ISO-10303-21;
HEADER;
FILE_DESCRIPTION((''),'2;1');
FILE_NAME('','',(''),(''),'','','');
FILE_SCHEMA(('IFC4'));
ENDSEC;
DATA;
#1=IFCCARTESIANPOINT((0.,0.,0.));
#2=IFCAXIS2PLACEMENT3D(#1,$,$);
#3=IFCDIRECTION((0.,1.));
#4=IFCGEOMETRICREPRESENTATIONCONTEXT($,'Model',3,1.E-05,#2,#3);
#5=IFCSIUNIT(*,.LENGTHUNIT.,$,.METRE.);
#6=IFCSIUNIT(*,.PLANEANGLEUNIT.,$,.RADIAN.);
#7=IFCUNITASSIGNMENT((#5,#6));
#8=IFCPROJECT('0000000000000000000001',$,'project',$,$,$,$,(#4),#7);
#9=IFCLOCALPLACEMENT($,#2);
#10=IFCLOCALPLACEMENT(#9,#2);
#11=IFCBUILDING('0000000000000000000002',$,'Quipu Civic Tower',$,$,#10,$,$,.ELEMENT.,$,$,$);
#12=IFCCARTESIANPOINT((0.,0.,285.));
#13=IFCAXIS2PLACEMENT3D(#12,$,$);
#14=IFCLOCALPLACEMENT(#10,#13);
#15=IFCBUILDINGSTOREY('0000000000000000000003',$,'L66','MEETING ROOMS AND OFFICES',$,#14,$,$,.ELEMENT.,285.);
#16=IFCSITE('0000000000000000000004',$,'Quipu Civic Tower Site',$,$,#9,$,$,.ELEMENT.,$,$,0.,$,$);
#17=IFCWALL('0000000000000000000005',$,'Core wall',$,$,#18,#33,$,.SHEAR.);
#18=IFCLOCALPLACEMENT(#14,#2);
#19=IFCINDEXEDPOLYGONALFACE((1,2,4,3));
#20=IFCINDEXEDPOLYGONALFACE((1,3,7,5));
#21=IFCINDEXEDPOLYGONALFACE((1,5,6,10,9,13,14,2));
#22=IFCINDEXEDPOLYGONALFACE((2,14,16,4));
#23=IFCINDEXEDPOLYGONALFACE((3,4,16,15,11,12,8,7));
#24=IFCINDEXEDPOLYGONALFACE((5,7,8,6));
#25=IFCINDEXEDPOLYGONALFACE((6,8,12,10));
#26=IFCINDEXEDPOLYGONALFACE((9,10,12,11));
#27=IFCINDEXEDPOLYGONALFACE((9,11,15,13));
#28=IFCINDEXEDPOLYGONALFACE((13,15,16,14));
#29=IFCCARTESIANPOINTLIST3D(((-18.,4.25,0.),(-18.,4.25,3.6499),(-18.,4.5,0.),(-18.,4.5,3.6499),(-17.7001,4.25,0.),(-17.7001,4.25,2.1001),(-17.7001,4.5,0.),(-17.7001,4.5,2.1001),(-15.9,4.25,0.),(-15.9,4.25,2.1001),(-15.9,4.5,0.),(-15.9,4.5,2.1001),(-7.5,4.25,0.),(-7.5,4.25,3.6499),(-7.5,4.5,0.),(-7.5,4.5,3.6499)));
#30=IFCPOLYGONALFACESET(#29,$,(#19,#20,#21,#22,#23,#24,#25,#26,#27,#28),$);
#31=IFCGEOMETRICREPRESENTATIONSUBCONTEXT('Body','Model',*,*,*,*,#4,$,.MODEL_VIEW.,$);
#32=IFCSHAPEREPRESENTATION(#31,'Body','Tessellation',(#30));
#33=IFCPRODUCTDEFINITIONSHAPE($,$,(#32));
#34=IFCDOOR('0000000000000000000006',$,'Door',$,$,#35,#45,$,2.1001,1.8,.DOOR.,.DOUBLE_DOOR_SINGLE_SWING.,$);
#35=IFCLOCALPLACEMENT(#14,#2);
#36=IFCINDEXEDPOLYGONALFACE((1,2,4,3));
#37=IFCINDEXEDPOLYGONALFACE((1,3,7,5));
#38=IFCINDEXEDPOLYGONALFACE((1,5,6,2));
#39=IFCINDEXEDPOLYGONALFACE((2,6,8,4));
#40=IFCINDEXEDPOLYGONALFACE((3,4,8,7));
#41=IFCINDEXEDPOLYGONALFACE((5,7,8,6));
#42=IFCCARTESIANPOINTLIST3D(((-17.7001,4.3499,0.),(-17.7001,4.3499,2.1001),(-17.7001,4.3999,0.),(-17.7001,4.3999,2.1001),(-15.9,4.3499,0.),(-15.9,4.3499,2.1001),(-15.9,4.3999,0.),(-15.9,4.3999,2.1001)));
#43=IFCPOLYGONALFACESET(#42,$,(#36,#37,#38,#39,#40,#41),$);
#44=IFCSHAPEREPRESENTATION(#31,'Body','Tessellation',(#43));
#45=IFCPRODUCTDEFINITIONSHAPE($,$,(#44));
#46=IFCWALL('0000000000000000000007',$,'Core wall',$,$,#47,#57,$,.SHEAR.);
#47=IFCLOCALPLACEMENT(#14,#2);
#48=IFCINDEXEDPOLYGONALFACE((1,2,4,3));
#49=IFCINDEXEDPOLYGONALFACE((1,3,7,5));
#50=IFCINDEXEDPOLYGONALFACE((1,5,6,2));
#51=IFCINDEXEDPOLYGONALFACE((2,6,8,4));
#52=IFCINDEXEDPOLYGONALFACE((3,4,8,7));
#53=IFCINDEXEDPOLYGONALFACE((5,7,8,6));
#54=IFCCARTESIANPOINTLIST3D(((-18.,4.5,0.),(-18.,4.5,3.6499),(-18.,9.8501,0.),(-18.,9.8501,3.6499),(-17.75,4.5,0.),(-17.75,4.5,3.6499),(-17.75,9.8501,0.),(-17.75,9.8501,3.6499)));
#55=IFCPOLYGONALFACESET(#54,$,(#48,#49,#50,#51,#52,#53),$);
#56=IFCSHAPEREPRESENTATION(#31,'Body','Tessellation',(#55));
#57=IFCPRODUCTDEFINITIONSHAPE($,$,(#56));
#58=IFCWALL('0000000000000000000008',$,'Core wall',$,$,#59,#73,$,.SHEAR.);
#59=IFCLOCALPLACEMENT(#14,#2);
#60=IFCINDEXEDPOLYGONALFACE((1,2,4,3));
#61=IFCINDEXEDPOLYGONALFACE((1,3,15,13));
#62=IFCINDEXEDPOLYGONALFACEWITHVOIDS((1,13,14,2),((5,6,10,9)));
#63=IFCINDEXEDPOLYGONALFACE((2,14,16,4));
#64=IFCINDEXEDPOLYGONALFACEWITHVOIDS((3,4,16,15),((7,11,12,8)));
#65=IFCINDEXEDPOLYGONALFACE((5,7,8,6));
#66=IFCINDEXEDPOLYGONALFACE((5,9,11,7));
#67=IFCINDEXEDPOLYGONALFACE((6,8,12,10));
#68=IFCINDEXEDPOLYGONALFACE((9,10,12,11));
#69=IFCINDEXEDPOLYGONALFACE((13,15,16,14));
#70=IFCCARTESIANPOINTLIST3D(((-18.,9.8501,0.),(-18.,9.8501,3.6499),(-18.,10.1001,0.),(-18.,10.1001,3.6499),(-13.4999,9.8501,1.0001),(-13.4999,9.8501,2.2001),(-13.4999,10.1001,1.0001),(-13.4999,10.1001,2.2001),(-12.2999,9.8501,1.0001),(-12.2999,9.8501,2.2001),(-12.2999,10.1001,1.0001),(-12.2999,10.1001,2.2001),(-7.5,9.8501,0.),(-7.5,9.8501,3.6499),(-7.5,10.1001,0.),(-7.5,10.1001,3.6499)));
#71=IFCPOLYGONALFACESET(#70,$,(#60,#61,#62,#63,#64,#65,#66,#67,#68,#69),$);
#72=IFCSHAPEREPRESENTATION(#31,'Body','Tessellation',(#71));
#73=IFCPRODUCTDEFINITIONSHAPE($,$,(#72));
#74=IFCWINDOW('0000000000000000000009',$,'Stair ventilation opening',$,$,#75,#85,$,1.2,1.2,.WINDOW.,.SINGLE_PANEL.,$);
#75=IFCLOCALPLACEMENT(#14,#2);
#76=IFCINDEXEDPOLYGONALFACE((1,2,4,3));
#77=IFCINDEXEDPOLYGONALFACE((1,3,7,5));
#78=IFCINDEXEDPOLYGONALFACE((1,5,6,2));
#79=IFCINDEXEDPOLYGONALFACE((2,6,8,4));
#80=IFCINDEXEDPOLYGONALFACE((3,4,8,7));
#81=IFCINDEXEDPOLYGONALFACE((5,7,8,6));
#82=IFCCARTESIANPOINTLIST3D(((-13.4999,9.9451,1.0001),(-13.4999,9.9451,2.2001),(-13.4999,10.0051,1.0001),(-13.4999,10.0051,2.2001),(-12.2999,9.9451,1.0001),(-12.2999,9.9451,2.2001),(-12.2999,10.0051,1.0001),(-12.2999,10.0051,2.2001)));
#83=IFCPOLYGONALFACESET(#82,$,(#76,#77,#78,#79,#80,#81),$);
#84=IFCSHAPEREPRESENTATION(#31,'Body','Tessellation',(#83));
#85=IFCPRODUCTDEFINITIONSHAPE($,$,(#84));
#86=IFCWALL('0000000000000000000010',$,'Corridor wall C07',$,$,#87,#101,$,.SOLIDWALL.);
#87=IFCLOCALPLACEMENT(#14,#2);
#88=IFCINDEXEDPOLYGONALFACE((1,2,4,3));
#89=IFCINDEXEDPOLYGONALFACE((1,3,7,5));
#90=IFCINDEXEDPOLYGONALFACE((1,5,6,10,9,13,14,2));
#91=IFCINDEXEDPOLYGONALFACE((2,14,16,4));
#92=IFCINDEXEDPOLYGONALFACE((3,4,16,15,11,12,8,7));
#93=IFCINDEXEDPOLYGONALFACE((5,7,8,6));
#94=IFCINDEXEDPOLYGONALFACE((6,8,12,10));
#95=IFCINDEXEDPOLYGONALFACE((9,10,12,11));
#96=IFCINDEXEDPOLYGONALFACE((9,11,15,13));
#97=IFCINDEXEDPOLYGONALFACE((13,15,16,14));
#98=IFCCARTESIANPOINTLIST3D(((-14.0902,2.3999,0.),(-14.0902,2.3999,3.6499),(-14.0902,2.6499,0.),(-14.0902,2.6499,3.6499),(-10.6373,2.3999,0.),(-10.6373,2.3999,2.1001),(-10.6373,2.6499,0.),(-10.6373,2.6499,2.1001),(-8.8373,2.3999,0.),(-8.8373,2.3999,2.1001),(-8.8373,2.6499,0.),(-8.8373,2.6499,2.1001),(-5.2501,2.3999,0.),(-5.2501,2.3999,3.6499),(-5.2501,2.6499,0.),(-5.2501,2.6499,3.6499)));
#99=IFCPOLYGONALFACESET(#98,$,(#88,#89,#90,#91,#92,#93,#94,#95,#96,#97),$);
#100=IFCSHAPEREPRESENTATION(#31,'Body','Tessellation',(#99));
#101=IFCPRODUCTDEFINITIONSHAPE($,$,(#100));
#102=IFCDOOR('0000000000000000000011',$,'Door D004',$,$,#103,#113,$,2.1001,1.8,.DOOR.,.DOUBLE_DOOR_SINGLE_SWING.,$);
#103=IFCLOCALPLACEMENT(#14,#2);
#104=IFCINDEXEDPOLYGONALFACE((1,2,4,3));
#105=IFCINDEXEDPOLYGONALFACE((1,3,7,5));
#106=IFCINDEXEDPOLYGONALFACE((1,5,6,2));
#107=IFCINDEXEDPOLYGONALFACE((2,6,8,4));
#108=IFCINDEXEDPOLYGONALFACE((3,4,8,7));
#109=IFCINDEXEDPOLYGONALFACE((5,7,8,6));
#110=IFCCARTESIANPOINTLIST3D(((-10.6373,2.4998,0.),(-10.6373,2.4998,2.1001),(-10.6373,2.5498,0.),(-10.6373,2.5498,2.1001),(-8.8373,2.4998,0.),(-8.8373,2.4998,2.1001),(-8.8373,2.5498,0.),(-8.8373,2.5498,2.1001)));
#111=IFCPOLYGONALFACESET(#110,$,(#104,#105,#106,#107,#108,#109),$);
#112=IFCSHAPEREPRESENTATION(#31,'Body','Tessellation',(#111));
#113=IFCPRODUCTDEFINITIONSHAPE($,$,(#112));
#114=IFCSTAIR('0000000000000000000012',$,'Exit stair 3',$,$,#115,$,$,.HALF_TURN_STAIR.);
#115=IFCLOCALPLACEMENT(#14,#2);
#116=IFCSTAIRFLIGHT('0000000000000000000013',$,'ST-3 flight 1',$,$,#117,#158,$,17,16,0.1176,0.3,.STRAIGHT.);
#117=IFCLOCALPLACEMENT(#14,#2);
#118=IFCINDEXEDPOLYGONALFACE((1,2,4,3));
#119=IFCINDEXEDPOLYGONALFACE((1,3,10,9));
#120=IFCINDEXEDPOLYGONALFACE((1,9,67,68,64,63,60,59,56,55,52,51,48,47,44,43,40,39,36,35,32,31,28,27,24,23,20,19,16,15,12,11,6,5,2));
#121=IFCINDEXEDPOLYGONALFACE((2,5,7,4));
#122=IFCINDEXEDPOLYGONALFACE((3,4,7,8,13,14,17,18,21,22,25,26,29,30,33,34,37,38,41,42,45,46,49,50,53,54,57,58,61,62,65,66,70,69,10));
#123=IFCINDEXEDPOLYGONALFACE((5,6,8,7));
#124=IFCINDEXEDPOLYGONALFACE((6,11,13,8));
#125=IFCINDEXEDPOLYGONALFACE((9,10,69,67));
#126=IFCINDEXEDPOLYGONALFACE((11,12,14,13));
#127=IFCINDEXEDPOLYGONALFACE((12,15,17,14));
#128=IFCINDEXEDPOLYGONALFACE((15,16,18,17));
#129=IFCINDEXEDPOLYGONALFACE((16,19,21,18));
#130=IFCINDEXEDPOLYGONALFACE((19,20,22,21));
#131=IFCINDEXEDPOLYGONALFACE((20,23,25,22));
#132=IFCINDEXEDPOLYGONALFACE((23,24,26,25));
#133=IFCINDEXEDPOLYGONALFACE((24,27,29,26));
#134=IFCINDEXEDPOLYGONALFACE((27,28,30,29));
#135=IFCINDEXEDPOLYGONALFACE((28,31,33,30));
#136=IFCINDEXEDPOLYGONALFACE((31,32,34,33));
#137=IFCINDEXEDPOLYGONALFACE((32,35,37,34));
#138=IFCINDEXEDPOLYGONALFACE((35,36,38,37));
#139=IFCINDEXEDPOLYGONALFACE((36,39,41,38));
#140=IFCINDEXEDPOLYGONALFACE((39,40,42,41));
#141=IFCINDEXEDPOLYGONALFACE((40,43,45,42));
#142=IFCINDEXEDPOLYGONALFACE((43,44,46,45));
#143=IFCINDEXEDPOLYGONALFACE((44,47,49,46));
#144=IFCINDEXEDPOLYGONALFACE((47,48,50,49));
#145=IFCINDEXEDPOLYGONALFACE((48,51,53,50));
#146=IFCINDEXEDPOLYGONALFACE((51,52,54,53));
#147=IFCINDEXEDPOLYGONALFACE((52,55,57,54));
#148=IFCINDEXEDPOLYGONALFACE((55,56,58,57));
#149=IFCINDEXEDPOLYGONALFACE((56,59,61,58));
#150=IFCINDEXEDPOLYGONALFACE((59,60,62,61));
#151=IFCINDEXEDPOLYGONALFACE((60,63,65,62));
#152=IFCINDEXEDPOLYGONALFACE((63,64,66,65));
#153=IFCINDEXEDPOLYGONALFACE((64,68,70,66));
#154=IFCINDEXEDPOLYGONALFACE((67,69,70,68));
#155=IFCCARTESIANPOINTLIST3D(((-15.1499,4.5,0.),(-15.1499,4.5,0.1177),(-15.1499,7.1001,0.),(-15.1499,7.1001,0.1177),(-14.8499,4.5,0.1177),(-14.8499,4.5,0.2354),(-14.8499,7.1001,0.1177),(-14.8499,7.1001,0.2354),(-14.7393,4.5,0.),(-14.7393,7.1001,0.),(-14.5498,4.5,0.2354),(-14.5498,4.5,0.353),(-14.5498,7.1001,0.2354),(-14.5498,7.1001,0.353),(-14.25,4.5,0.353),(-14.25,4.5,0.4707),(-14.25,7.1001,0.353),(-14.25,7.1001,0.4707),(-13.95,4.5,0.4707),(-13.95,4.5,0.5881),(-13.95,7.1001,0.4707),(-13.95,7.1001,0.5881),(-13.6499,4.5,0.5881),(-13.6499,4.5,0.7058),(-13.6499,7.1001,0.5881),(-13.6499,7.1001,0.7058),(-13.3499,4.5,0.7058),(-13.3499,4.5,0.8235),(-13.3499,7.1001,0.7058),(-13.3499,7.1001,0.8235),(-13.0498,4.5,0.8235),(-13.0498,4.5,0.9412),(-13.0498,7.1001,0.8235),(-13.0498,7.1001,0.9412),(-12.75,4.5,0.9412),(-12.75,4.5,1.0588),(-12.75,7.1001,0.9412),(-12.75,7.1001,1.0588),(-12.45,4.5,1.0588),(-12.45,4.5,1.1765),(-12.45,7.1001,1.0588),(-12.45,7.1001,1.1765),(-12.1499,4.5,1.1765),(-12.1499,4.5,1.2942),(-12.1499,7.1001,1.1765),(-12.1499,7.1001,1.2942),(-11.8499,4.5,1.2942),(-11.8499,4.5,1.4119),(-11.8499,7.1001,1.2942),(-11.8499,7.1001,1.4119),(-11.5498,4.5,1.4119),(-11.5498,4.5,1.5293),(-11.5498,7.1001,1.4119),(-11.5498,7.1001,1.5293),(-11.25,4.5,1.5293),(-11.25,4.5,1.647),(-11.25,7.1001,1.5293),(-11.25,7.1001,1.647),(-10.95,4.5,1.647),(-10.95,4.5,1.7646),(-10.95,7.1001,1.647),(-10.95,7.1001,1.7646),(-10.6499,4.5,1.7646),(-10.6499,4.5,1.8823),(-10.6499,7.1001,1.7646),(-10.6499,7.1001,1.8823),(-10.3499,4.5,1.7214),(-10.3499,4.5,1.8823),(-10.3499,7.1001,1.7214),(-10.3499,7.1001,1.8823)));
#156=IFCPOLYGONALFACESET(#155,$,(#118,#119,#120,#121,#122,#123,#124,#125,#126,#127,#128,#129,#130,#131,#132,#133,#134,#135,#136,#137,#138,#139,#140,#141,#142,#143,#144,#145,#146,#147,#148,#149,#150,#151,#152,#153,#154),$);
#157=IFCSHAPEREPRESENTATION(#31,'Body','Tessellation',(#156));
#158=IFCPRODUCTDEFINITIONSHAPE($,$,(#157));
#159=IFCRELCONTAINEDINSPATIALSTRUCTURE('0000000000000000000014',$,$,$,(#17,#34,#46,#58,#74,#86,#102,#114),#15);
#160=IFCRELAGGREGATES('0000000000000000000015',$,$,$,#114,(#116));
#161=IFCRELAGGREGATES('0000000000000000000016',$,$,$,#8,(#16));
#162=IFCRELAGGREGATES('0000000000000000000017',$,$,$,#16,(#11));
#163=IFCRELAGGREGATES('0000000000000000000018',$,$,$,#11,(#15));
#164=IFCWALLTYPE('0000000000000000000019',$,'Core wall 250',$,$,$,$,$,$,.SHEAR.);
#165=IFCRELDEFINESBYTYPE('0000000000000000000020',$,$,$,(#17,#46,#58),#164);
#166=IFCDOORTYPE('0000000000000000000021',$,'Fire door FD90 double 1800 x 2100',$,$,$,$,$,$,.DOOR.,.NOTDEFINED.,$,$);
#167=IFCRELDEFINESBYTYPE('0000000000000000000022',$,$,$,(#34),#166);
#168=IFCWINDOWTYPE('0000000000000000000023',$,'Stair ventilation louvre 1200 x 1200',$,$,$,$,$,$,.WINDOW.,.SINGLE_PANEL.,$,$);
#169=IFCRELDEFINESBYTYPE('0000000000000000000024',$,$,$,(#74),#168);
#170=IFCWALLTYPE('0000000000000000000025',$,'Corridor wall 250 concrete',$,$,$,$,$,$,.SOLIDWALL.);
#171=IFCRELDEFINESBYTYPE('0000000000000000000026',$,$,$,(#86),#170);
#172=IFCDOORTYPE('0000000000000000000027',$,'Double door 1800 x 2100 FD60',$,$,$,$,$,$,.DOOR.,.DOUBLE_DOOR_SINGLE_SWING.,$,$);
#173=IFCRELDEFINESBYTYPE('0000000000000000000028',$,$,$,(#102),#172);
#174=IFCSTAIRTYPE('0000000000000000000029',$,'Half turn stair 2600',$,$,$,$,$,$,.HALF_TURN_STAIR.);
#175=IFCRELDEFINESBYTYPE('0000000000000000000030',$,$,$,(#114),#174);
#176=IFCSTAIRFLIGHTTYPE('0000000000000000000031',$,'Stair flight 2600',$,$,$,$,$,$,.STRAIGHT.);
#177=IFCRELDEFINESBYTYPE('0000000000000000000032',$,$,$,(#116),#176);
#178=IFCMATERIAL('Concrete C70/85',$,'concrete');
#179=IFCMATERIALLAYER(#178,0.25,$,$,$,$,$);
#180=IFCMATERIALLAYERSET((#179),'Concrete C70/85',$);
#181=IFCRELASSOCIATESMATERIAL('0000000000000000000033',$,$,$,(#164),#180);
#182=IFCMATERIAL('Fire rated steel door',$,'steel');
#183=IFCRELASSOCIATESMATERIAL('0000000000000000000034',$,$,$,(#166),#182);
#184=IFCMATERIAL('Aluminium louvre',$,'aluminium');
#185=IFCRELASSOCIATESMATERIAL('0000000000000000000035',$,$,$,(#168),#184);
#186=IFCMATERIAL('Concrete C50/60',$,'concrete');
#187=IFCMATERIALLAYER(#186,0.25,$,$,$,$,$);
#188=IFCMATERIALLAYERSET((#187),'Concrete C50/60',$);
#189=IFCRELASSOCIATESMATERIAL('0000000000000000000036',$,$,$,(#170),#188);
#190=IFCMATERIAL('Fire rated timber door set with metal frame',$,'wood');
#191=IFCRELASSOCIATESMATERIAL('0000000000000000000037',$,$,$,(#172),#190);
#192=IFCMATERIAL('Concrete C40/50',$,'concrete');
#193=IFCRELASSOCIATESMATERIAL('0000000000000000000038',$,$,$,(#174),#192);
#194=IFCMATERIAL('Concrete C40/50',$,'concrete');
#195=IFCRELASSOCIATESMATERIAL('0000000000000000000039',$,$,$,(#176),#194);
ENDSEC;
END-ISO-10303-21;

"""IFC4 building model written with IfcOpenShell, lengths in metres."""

from ifc_helpers import new_model, si_unit, direction, frame, frame_2d, origin, place, context, subcontext, project, spatial, polyline, rectangle, outline, extrude, material, layer, layer_set, type_object, element, fill, aggregate, save


model = new_model("IFC4")

# Units and contexts
model_context = context("Model", 3, precision=1e-05, world=origin(), true_north=direction((0.0, 1.0)))
body_context = subcontext(model_context, "Body", "Model", "MODEL_VIEW")
ifc_project = project(units=[si_unit("LENGTHUNIT", "METRE"), si_unit("PLANEANGLEUNIT", "RADIAN")], contexts=[model_context])

# Site, building, storey
site_placement = place(None, origin())
site = spatial("IfcSite", under=ifc_project, at=site_placement, Name="Quipu Civic Tower Site", CompositionType="ELEMENT", RefElevation=0.0)
building_placement = place(site_placement, origin())
building = spatial("IfcBuilding", under=site, at=building_placement, Name="Quipu Civic Tower", CompositionType="ELEMENT")
storey_placement = place(building_placement, frame((0.0, 0.0, 285.0)))
storey = spatial("IfcBuildingStorey", under=building, at=storey_placement, Name="L66", Description="MEETING ROOMS AND OFFICES", CompositionType="ELEMENT", Elevation=285.0)

# Shared definitions
ifc_material_1 = material(Name="Concrete C70/85", Category="concrete")
ifc_layer_1 = layer(ifc_material_1, 0.25)
ifc_layer_set_1 = layer_set([ifc_layer_1], Name="Concrete C70/85")
wall_type_1 = type_object("IfcWallType", Name="Core wall 250", PredefinedType="SHEAR", material=ifc_layer_set_1)

# Wall, opening, door
wall_1_placement = place(storey_placement, frame((-18.0, 4.375, 0.0), z_axis=(0.0, 0.0, 1.0), x_axis=(1.0, 0.0, 0.0)))
wall_1 = element("IfcWall", 1, at=wall_1_placement, inside=storey, type_object=wall_type_1, Name="Core wall", PredefinedType="SHEAR", context=body_context, shape_type="SweptSolid", body=[
    extrude(rectangle(XDim=10.5, YDim=0.25, at=frame_2d((5.25, 0.0))), origin(), (0.0, 0.0, 1.0), 3.6499),
])
opening_1_placement = place(wall_1_placement, frame((0.3, 0.0, 0.0)))
opening_1 = element("IfcOpeningElement", 2, at=opening_1_placement, cuts=wall_1, PredefinedType="OPENING", context=body_context, shape_type="SweptSolid", body=[
    extrude(rectangle(XDim=1.8, YDim=2.1001, at=frame_2d((0.8999, 1.05))), frame((0.0, 0.135, 0.0), z_axis=(0.0, -1.0, 0.0), x_axis=(1.0, 0.0, 0.0)), (0.0, 0.0, 1.0), 0.27),
])
ifc_material_2 = material(Name="Fire rated steel door", Category="steel")
door_type_1 = type_object("IfcDoorType", Name="Fire door FD90 double 1800 x 2100", OperationType="NOTDEFINED", PredefinedType="DOOR", material=ifc_material_2)
door_1_placement = place(opening_1_placement, origin())
door_1 = element("IfcDoor", 3, at=door_1_placement, inside=storey, type_object=door_type_1, Name="Door", OperationType="DOUBLE_DOOR_SINGLE_SWING", OverallHeight=2.1001, OverallWidth=1.8, PredefinedType="DOOR", context=body_context, shape_type="SweptSolid", body=[
    extrude(rectangle(XDim=1.8, YDim=2.1001, at=frame_2d((0.8999, 1.05))), frame((0.0, 0.0249, 0.0), z_axis=(0.0, -1.0, 0.0), x_axis=(1.0, 0.0, 0.0)), (0.0, 0.0, 1.0), 0.05),
])
fill(opening_1, door_1)

# Wall
wall_2_placement = place(storey_placement, frame((-17.875, 4.5, 0.0), z_axis=(0.0, 0.0, 1.0), x_axis=(0.0, 1.0, 0.0)))
element("IfcWall", 4, at=wall_2_placement, inside=storey, type_object=wall_type_1, Name="Core wall", PredefinedType="SHEAR", context=body_context, shape_type="SweptSolid", body=[
    extrude(rectangle(XDim=5.3501, YDim=0.25, at=frame_2d((2.675, 0.0))), origin(), (0.0, 0.0, 1.0), 3.6499),
])

# Wall, opening, window
wall_3_placement = place(storey_placement, frame((-18.0, 9.9751, 0.0), z_axis=(0.0, 0.0, 1.0), x_axis=(1.0, 0.0, 0.0)))
wall_3 = element("IfcWall", 5, at=wall_3_placement, inside=storey, type_object=wall_type_1, Name="Core wall", PredefinedType="SHEAR", context=body_context, shape_type="SweptSolid", body=[
    extrude(rectangle(XDim=10.5, YDim=0.25, at=frame_2d((5.25, 0.0))), origin(), (0.0, 0.0, 1.0), 3.6499),
])
opening_2_placement = place(wall_3_placement, frame((4.5, 0.0, 1.0)))
opening_2 = element("IfcOpeningElement", 6, at=opening_2_placement, cuts=wall_3, PredefinedType="OPENING", context=body_context, shape_type="SweptSolid", body=[
    extrude(rectangle(XDim=1.2, YDim=1.2, at=frame_2d((0.6001, 0.6001))), frame((0.0, 0.135, 0.0), z_axis=(0.0, -1.0, 0.0), x_axis=(1.0, 0.0, 0.0)), (0.0, 0.0, 1.0), 0.27),
])
ifc_material_3 = material(Name="Aluminium louvre", Category="aluminium")
window_type = type_object("IfcWindowType", Name="Stair ventilation louvre 1200 x 1200", PartitioningType="SINGLE_PANEL", PredefinedType="WINDOW", material=ifc_material_3)
window_placement = place(opening_2_placement, origin())
window = element("IfcWindow", 7, at=window_placement, inside=storey, type_object=window_type, Name="Stair ventilation opening", OverallHeight=1.2, OverallWidth=1.2, PartitioningType="SINGLE_PANEL", PredefinedType="WINDOW", context=body_context, shape_type="SweptSolid", body=[
    extrude(rectangle(XDim=1.2, YDim=1.2, at=frame_2d((0.6001, 0.6001))), frame((0.0, 0.03, 0.0), z_axis=(0.0, -1.0, 0.0), x_axis=(1.0, 0.0, 0.0)), (0.0, 0.0, 1.0), 0.0601),
])
fill(opening_2, window)

# Wall, opening, door
ifc_material_4 = material(Name="Concrete C50/60", Category="concrete")
ifc_layer_2 = layer(ifc_material_4, 0.25)
ifc_layer_set_2 = layer_set([ifc_layer_2], Name="Concrete C50/60")
wall_type_2 = type_object("IfcWallType", Name="Corridor wall 250 concrete", PredefinedType="SOLIDWALL", material=ifc_layer_set_2)
wall_4_placement = place(storey_placement, frame((-14.0901, 2.5249, 0.0), z_axis=(0.0, 0.0, 1.0), x_axis=(1.0, 0.0, 0.0)))
wall_4 = element("IfcWall", 8, at=wall_4_placement, inside=storey, type_object=wall_type_2, Name="Corridor wall C07", PredefinedType="SOLIDWALL", context=body_context, shape_type="SweptSolid", body=[
    extrude(rectangle(XDim=8.8401, YDim=0.25, at=frame_2d((4.4199, 0.0))), origin(), (0.0, 0.0, 1.0), 3.6499),
])
opening_3_placement = place(wall_4_placement, frame((3.4529, 0.0, 0.0)))
opening_3 = element("IfcOpeningElement", 9, at=opening_3_placement, cuts=wall_4, PredefinedType="OPENING", context=body_context, shape_type="SweptSolid", body=[
    extrude(rectangle(XDim=1.8, YDim=2.1001, at=frame_2d((0.8999, 1.05))), frame((0.0, 0.135, 0.0), z_axis=(0.0, -1.0, 0.0), x_axis=(1.0, 0.0, 0.0)), (0.0, 0.0, 1.0), 0.27),
])
ifc_material_5 = material(Name="Fire rated timber door set with metal frame", Category="wood")
door_type_2 = type_object("IfcDoorType", Name="Double door 1800 x 2100 FD60", OperationType="DOUBLE_DOOR_SINGLE_SWING", PredefinedType="DOOR", material=ifc_material_5)
door_2_placement = place(opening_3_placement, origin())
door_2 = element("IfcDoor", 10, at=door_2_placement, inside=storey, type_object=door_type_2, Name="Door D004", OperationType="DOUBLE_DOOR_SINGLE_SWING", OverallHeight=2.1001, OverallWidth=1.8, PredefinedType="DOOR", context=body_context, shape_type="SweptSolid", body=[
    extrude(rectangle(XDim=1.8, YDim=2.1001, at=frame_2d((0.8999, 1.05))), frame((0.0, 0.0249, 0.0), z_axis=(0.0, -1.0, 0.0), x_axis=(1.0, 0.0, 0.0)), (0.0, 0.0, 1.0), 0.05),
])
fill(opening_3, door_2)

# Stair, stair flight
ifc_material_6 = material(Name="Concrete C40/50", Category="concrete")
stair_type = type_object("IfcStairType", Name="Half turn stair 2600", PredefinedType="HALF_TURN_STAIR", material=ifc_material_6)
stair_placement = place(storey_placement, origin())
stair = element("IfcStair", 11, at=stair_placement, inside=storey, type_object=stair_type, Name="Exit stair 3", PredefinedType="HALF_TURN_STAIR")
ifc_material_7 = material(Name="Concrete C40/50", Category="concrete")
stair_flight_type = type_object("IfcStairFlightType", Name="Stair flight 2600", PredefinedType="STRAIGHT", material=ifc_material_7)
stair_flight_placement = place(storey_placement, frame((-15.1499, 5.8, 0.0), z_axis=(0.0, 0.0, 1.0), x_axis=(1.0, 0.0, 0.0)))
stair_flight = element("IfcStairFlight", 12, at=stair_flight_placement, type_object=stair_flight_type, Name="ST-3 flight 1", NumberOfRisers=17, NumberOfTreads=16, PredefinedType="STRAIGHT", RiserHeight=0.1176, TreadLength=0.3, context=body_context, shape_type="SweptSolid", body=[
    extrude(outline(polyline([(0.0, 0.0), (0.0, 0.1177), (0.3, 0.1177), (0.3, 0.2354), (0.6001, 0.2354), (0.6001, 0.353), (0.8999, 0.353), (0.8999, 0.4707), (1.2, 0.4707), (1.2, 0.5881), (1.5, 0.5881), (1.5, 0.7058), (1.8, 0.7058), (1.8, 0.8235), (2.1001, 0.8235), (2.1001, 0.9412), (2.3999, 0.9412), (2.3999, 1.0588), (2.7, 1.0588), (2.7, 1.1765), (3.0, 1.1765), (3.0, 1.2942), (3.3, 1.2942), (3.3, 1.4119), (3.6001, 1.4119), (3.6001, 1.5293), (3.8999, 1.5293), (3.8999, 1.647), (4.2, 1.647), (4.2, 1.7646), (4.5, 1.7646), (4.5, 1.8823), (4.8, 1.8823), (4.8, 2.0), (4.8, 1.7214), (0.4106, 0.0), (0.0, 0.0)])), frame((0.0, 1.3, 0.0), z_axis=(0.0, -1.0, 0.0), x_axis=(1.0, 0.0, 0.0)), (0.0, 0.0, 1.0), 2.6001),
])
aggregate(stair, [stair_flight])

save(model, "model.ifc")
